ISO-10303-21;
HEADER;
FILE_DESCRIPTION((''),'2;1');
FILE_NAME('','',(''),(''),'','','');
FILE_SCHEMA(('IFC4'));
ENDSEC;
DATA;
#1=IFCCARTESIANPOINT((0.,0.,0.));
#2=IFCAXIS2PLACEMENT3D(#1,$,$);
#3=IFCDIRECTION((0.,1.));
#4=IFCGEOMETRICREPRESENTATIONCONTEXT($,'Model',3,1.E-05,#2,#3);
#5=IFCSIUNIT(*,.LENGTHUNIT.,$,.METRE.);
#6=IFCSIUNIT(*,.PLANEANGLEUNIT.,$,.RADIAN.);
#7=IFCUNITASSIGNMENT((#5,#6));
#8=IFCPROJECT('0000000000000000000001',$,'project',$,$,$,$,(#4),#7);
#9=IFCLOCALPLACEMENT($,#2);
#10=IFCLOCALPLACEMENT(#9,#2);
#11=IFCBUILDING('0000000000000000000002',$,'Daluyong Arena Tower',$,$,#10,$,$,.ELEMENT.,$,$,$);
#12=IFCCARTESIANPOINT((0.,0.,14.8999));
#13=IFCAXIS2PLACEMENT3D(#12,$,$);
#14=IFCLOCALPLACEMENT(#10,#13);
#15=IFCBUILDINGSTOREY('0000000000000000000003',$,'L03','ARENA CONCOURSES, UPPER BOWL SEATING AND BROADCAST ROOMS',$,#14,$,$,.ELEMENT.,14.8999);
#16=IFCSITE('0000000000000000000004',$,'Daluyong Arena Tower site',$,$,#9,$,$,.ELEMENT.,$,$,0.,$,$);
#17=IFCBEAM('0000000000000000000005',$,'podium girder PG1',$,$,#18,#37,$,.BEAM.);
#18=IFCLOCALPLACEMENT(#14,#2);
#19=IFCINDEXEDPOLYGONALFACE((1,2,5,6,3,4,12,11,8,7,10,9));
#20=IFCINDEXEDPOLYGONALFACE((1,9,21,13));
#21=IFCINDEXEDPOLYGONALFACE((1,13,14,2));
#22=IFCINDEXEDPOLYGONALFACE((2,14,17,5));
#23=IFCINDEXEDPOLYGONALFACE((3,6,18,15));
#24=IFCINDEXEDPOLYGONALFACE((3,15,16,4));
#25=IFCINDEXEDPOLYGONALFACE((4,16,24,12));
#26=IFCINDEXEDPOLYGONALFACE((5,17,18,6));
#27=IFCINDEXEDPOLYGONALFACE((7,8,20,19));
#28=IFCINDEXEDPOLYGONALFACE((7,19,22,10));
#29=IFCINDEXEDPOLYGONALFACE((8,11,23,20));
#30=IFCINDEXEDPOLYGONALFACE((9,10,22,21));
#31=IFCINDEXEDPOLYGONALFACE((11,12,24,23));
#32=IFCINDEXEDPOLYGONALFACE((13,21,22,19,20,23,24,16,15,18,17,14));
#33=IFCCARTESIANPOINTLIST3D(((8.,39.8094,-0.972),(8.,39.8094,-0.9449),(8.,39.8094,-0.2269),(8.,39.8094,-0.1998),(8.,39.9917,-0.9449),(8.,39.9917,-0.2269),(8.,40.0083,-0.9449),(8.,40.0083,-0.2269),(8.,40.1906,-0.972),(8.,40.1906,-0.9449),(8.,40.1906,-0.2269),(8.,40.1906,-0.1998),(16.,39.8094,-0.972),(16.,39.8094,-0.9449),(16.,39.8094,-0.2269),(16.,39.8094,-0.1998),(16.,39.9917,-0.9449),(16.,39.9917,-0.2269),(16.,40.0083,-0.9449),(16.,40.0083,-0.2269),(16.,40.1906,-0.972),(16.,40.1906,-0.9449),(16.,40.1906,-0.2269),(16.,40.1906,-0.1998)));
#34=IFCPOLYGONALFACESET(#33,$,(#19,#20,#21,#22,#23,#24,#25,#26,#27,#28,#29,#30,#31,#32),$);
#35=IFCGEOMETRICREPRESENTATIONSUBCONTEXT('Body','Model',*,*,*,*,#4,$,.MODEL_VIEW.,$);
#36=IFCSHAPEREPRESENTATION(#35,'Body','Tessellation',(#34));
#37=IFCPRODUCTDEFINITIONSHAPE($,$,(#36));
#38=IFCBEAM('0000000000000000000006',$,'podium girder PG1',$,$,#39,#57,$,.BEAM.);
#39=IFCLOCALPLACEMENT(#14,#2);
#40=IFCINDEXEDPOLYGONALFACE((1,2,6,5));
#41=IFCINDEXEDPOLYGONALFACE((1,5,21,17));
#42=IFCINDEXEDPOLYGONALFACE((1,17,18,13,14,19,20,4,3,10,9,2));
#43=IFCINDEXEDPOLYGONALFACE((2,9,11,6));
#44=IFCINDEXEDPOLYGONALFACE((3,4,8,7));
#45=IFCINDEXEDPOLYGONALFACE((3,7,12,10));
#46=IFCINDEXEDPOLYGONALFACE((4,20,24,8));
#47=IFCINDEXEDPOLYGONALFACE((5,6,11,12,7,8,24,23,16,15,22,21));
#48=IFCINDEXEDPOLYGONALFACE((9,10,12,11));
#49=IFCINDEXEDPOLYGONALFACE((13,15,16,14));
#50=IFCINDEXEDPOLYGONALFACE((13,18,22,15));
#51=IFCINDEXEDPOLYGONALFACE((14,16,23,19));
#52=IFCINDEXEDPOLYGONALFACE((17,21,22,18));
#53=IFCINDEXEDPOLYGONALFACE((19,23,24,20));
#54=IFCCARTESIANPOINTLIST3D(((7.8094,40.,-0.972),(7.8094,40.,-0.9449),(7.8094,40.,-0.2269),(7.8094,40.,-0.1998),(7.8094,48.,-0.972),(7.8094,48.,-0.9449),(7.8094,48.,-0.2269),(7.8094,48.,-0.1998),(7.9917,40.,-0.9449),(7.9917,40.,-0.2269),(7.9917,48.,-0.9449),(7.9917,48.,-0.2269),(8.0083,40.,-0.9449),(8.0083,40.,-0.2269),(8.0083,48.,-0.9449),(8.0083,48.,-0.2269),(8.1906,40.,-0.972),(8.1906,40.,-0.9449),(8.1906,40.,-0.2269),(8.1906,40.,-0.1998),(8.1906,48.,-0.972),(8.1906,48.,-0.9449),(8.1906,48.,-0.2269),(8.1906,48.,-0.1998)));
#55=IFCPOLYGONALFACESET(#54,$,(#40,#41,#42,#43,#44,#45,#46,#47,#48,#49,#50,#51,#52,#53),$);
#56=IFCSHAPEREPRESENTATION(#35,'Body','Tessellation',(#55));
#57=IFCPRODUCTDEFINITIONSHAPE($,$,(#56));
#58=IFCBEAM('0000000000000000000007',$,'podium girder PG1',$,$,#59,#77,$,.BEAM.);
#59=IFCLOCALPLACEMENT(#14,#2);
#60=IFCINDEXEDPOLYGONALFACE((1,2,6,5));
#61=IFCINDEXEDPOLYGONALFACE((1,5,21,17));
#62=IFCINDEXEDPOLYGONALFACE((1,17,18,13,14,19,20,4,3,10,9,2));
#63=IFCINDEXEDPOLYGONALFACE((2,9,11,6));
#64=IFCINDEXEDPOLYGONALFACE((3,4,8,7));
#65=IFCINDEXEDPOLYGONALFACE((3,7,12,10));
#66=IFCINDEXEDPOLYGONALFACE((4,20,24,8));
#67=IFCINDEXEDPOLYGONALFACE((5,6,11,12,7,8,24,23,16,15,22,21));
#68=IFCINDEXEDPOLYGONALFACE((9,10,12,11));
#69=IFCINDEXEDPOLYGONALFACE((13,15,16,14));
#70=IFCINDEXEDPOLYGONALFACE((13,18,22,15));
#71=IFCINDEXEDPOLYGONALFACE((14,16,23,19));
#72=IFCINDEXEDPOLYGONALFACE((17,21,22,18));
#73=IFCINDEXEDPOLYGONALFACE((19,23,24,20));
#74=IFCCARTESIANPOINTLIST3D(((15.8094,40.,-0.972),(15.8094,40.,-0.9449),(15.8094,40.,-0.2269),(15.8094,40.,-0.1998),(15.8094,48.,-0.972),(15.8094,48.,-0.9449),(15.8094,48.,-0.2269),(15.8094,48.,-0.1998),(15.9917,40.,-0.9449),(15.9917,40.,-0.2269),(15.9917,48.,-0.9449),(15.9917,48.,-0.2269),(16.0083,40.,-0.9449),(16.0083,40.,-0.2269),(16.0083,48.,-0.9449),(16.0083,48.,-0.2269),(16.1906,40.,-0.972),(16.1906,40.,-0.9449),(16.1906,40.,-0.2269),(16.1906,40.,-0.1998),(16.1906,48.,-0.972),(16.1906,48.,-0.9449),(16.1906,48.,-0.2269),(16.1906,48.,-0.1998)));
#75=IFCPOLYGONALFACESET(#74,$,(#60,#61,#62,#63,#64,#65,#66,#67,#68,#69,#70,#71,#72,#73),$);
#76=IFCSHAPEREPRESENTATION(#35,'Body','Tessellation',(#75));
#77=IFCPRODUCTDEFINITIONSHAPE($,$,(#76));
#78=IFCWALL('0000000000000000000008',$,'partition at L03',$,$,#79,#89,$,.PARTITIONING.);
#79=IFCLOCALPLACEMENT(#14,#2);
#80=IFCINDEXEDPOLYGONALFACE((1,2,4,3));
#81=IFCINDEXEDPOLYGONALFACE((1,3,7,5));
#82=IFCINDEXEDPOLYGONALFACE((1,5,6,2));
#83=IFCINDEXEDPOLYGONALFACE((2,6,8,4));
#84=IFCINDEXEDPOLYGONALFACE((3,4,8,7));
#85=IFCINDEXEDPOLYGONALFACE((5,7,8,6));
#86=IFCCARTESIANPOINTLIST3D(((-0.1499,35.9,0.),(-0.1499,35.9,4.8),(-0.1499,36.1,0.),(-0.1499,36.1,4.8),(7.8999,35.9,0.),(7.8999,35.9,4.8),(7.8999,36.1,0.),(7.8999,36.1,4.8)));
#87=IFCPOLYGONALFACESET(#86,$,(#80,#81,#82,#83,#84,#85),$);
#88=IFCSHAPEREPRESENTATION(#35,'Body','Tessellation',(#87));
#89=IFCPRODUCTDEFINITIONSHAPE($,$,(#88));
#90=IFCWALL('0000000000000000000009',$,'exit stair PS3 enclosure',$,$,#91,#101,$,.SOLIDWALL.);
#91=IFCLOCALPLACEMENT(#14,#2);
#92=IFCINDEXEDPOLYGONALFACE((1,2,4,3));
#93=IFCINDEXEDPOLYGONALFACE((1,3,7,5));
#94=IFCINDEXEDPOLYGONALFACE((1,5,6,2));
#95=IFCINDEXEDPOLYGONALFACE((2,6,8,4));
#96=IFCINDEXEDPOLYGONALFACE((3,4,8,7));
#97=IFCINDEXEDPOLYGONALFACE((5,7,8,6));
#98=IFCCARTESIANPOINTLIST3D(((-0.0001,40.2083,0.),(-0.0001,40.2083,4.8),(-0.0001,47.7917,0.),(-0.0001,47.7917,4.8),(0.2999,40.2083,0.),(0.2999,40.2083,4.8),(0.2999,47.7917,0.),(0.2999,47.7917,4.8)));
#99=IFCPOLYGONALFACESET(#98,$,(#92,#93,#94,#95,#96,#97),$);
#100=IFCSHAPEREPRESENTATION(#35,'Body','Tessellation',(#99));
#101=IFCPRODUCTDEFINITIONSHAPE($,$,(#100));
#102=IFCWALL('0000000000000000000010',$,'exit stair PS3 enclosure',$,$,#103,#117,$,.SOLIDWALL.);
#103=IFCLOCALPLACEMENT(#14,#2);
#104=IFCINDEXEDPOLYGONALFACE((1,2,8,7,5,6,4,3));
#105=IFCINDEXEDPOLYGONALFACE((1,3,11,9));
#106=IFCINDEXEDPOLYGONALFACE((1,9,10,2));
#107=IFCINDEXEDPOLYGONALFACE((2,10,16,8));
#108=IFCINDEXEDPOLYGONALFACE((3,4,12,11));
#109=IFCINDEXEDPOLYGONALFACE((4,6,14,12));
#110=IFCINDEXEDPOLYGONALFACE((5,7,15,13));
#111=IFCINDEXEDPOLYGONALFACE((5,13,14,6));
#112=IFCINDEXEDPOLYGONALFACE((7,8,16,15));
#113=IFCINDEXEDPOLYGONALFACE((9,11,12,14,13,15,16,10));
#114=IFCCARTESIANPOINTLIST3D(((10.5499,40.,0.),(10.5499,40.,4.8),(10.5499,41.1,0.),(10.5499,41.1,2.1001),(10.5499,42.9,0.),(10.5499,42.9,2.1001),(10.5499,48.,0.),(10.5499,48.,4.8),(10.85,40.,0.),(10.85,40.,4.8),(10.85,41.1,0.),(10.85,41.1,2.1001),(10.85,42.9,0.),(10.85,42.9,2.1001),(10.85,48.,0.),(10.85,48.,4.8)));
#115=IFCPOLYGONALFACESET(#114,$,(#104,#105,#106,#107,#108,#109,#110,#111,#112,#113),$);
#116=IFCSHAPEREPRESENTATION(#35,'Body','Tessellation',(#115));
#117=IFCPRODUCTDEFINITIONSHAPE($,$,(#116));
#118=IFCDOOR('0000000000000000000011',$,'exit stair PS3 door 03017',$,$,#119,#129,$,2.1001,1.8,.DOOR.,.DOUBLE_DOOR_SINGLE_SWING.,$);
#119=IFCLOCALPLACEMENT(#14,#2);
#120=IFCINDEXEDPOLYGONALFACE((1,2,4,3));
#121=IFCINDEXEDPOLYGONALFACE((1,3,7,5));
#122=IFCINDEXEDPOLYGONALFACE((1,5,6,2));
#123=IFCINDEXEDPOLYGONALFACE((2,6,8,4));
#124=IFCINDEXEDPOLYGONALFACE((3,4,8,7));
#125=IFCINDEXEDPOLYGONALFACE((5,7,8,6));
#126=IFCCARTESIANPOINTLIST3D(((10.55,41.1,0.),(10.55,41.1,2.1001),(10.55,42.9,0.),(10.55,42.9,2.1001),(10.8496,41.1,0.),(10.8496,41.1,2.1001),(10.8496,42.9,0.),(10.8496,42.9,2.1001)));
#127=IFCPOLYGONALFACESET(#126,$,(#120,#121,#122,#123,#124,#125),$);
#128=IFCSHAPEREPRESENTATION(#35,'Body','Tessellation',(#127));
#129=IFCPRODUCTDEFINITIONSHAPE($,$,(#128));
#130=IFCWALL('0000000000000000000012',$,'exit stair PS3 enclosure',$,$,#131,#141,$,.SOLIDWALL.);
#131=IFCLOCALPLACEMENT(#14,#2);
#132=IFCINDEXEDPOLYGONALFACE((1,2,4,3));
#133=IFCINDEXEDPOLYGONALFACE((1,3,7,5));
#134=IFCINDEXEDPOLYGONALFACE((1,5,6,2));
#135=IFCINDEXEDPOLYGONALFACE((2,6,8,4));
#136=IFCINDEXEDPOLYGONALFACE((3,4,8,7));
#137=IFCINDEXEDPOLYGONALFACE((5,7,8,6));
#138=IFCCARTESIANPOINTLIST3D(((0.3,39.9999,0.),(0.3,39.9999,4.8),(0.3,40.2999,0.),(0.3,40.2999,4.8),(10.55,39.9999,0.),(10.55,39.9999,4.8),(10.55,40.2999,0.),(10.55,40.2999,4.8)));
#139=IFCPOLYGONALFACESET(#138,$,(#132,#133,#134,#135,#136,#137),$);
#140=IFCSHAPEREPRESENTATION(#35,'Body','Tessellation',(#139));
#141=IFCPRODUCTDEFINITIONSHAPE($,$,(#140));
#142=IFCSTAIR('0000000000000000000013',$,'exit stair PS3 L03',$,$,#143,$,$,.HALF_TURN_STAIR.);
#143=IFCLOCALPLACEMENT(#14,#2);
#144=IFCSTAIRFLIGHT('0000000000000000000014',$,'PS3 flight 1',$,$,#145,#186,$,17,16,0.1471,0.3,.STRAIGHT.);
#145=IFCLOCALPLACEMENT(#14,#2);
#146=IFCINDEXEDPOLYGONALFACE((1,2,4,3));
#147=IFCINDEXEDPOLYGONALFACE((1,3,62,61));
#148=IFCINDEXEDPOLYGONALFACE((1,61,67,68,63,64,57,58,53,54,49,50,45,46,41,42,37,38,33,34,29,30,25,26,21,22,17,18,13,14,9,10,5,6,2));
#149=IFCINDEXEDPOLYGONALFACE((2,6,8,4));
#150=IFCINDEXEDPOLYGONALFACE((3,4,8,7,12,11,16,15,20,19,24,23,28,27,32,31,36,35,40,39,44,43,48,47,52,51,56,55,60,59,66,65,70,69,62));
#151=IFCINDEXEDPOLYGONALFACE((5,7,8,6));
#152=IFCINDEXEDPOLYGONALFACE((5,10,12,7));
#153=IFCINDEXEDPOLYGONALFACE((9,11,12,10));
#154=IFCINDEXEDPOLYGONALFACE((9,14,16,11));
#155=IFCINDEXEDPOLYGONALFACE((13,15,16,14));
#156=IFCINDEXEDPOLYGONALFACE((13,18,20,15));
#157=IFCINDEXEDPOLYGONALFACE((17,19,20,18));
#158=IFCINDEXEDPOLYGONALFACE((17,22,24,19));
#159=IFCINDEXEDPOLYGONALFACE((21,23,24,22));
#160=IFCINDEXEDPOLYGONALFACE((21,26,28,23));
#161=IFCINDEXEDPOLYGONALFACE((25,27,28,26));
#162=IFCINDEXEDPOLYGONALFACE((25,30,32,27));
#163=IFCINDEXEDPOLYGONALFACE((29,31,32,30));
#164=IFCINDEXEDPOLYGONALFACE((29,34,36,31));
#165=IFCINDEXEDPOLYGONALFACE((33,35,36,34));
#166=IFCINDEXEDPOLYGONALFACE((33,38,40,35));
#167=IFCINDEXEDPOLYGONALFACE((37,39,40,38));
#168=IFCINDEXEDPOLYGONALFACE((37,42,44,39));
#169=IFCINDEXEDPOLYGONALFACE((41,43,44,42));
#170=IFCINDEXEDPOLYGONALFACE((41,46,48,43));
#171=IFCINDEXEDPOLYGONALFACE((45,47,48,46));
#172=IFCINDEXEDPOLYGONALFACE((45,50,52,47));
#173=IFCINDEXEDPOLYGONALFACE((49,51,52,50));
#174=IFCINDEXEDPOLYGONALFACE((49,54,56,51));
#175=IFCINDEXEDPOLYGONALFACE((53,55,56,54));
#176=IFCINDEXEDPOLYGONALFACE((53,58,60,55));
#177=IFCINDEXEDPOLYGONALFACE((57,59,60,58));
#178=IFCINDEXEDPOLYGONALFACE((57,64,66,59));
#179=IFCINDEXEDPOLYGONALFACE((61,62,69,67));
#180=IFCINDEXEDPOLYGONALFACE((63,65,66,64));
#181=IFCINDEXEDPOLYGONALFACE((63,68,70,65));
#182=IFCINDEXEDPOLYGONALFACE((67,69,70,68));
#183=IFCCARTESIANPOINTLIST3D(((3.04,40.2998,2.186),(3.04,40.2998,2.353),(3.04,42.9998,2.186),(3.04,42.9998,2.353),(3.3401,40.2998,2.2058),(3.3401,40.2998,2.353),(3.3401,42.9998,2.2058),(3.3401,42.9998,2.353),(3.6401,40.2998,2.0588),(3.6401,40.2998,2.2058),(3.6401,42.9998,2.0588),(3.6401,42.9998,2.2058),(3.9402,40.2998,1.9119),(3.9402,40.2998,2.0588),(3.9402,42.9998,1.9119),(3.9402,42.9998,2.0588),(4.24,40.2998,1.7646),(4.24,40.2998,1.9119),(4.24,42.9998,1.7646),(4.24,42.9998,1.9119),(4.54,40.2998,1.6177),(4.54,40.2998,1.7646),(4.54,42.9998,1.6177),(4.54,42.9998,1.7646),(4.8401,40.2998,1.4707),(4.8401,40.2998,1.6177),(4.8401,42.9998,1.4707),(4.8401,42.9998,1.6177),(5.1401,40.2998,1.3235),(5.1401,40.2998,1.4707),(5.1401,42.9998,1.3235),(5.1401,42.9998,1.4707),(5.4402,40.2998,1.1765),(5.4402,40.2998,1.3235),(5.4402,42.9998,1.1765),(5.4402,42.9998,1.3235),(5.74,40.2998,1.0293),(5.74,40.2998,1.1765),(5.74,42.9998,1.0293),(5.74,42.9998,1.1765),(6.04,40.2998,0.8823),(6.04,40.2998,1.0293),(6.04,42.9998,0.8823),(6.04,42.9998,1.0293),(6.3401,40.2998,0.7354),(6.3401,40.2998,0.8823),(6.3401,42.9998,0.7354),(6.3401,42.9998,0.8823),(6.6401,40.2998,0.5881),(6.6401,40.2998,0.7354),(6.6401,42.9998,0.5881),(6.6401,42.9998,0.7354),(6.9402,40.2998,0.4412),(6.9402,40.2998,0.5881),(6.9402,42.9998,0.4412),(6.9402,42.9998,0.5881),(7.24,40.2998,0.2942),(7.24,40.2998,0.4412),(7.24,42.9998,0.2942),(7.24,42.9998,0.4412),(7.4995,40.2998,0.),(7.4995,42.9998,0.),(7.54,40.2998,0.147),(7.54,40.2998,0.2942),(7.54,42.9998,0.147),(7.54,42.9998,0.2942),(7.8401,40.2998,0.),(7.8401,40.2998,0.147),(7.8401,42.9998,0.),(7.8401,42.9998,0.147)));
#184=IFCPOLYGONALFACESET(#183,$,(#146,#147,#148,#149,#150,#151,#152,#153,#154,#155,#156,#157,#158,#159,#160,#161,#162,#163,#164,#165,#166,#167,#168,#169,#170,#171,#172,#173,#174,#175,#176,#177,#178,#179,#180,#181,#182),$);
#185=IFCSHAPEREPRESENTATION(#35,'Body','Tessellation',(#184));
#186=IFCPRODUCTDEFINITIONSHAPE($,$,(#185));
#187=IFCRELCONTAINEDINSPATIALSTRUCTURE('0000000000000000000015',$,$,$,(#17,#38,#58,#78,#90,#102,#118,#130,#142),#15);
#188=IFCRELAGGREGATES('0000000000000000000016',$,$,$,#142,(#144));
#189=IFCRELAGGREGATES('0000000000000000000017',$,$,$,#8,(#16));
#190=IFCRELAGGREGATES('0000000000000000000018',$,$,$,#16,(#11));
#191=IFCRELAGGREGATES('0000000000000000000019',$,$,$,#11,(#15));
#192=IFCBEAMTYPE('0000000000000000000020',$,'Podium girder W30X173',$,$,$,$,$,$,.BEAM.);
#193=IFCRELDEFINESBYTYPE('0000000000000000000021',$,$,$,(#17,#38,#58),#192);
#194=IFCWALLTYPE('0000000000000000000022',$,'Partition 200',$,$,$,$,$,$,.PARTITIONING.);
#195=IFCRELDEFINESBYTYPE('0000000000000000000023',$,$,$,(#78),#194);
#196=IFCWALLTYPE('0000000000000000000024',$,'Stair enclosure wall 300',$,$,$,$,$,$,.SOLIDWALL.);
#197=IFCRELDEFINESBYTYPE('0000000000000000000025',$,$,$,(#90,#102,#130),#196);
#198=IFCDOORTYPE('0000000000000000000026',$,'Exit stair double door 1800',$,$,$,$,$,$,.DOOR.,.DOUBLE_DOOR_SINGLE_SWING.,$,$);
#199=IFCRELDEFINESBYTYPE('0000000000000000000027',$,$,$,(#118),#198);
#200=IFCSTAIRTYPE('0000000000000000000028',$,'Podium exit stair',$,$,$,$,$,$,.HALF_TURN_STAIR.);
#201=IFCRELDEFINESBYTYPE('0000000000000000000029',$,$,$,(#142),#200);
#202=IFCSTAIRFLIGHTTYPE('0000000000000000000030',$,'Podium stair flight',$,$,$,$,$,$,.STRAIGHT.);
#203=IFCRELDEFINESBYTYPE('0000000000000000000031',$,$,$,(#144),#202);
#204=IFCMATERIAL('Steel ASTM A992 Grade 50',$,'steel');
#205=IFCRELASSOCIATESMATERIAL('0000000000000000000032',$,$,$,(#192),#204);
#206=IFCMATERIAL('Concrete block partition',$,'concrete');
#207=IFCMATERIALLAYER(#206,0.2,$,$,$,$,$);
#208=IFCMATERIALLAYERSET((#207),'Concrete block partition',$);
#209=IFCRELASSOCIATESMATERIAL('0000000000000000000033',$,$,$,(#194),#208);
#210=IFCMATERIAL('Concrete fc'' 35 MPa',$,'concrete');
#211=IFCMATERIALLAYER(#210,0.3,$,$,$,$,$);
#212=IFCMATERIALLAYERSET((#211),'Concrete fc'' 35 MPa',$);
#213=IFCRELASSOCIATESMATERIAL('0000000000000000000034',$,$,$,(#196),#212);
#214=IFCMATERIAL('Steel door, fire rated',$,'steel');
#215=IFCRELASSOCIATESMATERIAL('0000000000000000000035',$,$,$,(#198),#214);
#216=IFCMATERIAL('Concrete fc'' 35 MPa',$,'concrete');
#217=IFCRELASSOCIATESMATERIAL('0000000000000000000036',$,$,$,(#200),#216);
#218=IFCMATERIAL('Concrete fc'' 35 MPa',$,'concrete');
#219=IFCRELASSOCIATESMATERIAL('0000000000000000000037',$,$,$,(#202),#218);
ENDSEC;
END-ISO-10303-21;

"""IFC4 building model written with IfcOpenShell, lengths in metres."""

from ifc_helpers import new_model, si_unit, direction, frame, frame_2d, origin, origin_2d, place, context, subcontext, project, spatial, polyline, rectangle, i_section, outline, extrude, material, layer, layer_set, material_profile, profile_set, type_object, element, fill, aggregate, save


model = new_model("IFC4")

# Units and contexts
model_context = context("Model", 3, precision=1e-05, world=origin(), true_north=direction((0.0, 1.0)))
body_context = subcontext(model_context, "Body", "Model", "MODEL_VIEW")
ifc_project = project(units=[si_unit("LENGTHUNIT", "METRE"), si_unit("PLANEANGLEUNIT", "RADIAN")], contexts=[model_context])

# Site, building, storey
site_placement = place(None, origin())
site = spatial("IfcSite", under=ifc_project, at=site_placement, Name="Daluyong Arena Tower site", CompositionType="ELEMENT", RefElevation=0.0)
building_placement = place(site_placement, origin())
building = spatial("IfcBuilding", under=site, at=building_placement, Name="Daluyong Arena Tower", CompositionType="ELEMENT")
storey_placement = place(building_placement, frame((0.0, 0.0, 14.8999)))
storey = spatial("IfcBuildingStorey", under=building, at=storey_placement, Name="L03", Description="ARENA CONCOURSES, UPPER BOWL SEATING AND BROADCAST ROOMS", CompositionType="ELEMENT", Elevation=14.8999)

# Beams
ifc_material_1 = material(Name="Steel ASTM A992 Grade 50", Category="steel")
ifc_material_profile_1 = material_profile(ifc_material_1, i_section(OverallWidth=0.3811, OverallDepth=0.7722, WebThickness=0.0166, FlangeThickness=0.0271, at=origin_2d()))
ifc_profile_set_1 = profile_set([ifc_material_profile_1], Name="Steel ASTM A992 Grade 50")
beam_type_1 = type_object("IfcBeamType", Name="Podium girder W30X173", PredefinedType="BEAM", material=ifc_profile_set_1)
for number, where, z_axis, x_axis, name in (
    (1, (8.0, 40.0, -0.5859), (1.0, 0.0, 0.0), (0.0, 1.0, 0.0), "podium girder PG1"),
    (2, (8.0, 40.0, -0.5859), (0.0, 1.0, 0.0), (-1.0, 0.0, 0.0), "podium girder PG1"),
    (3, (16.0, 40.0, -0.5859), (0.0, 1.0, 0.0), (-1.0, 0.0, 0.0), "podium girder PG1"),
):
    element("IfcBeam", number, at=place(storey_placement, frame(where, z_axis=z_axis, x_axis=x_axis)), inside=storey, type_object=beam_type_1, Name=name, PredefinedType="BEAM", context=body_context, shape_type="SweptSolid", body=[
        extrude(i_section(OverallWidth=0.3811, OverallDepth=0.7722, WebThickness=0.0166, FlangeThickness=0.0271, at=origin_2d()), origin(), (0.0, 0.0, 1.0), 8.0),
    ])

# Walls
ifc_material_2 = material(Name="Concrete block partition", Category="concrete")
ifc_layer_1 = layer(ifc_material_2, 0.2)
ifc_layer_set_1 = layer_set([ifc_layer_1], Name="Concrete block partition")
wall_type_1 = type_object("IfcWallType", Name="Partition 200", PredefinedType="PARTITIONING", material=ifc_layer_set_1)
wall_1_placement = place(storey_placement, frame((-0.1499, 36.0, 0.0), z_axis=(0.0, 0.0, 1.0), x_axis=(1.0, 0.0, 0.0)))
element("IfcWall", 4, at=wall_1_placement, inside=storey, type_object=wall_type_1, Name="partition at L03", PredefinedType="PARTITIONING", context=body_context, shape_type="SweptSolid", body=[
    extrude(rectangle(XDim=8.0498, YDim=0.2, at=frame_2d((4.0249, 0.0))), origin(), (0.0, 0.0, 1.0), 4.8),
])
ifc_material_3 = material(Name="Concrete fc' 35 MPa", Category="concrete")
ifc_layer_2 = layer(ifc_material_3, 0.3)
ifc_layer_set_2 = layer_set([ifc_layer_2], Name="Concrete fc' 35 MPa")
wall_type_2 = type_object("IfcWallType", Name="Stair enclosure wall 300", PredefinedType="SOLIDWALL", material=ifc_layer_set_2)
wall_2_placement = place(storey_placement, frame((0.1499, 40.2083, 0.0), z_axis=(0.0, 0.0, 1.0), x_axis=(0.0, 1.0, 0.0)))
element("IfcWall", 5, at=wall_2_placement, inside=storey, type_object=wall_type_2, Name="exit stair PS3 enclosure", PredefinedType="SOLIDWALL", context=body_context, shape_type="SweptSolid", body=[
    extrude(rectangle(XDim=7.5835, YDim=0.3, at=frame_2d((3.7917, 0.0))), origin(), (0.0, 0.0, 1.0), 4.8),
])

# Wall, opening, door
wall_3_placement = place(storey_placement, frame((10.7, 40.0, 0.0), z_axis=(0.0, 0.0, 1.0), x_axis=(0.0, 1.0, 0.0)))
wall_3 = element("IfcWall", 6, at=wall_3_placement, inside=storey, type_object=wall_type_2, Name="exit stair PS3 enclosure", PredefinedType="SOLIDWALL", context=body_context, shape_type="SweptSolid", body=[
    extrude(rectangle(XDim=8.0, YDim=0.3, at=frame_2d((4.0, 0.0))), origin(), (0.0, 0.0, 1.0), 4.8),
])
opening_placement = place(wall_3_placement, frame((1.1001, 0.0, 0.0)))
opening = element("IfcOpeningElement", 7, at=opening_placement, cuts=wall_3, PredefinedType="OPENING", context=body_context, shape_type="SweptSolid", body=[
    extrude(rectangle(XDim=1.8, YDim=2.1001, at=frame_2d((0.8999, 1.05))), frame((0.0, 0.1599, 0.0), z_axis=(0.0, -1.0, 0.0), x_axis=(1.0, 0.0, 0.0)), (0.0, 0.0, 1.0), 0.3201),
])
ifc_material_4 = material(Name="Steel door, fire rated", Category="steel")
door_type = type_object("IfcDoorType", Name="Exit stair double door 1800", OperationType="DOUBLE_DOOR_SINGLE_SWING", PredefinedType="DOOR", material=ifc_material_4)
door_placement = place(opening_placement, origin())
door = element("IfcDoor", 8, at=door_placement, inside=storey, type_object=door_type, Name="exit stair PS3 door 03017", OperationType="DOUBLE_DOOR_SINGLE_SWING", OverallHeight=2.1001, OverallWidth=1.8, PredefinedType="DOOR", context=body_context, shape_type="SweptSolid", body=[
    extrude(rectangle(XDim=1.8, YDim=2.1001, at=frame_2d((0.8999, 1.05))), frame((0.0, 0.1499, 0.0), z_axis=(0.0, -1.0, 0.0), x_axis=(1.0, 0.0, 0.0)), (0.0, 0.0, 1.0), 0.2996),
])
fill(opening, door)

# Wall
wall_4_placement = place(storey_placement, frame((0.3, 40.1499, 0.0), z_axis=(0.0, 0.0, 1.0), x_axis=(1.0, 0.0, 0.0)))
element("IfcWall", 9, at=wall_4_placement, inside=storey, type_object=wall_type_2, Name="exit stair PS3 enclosure", PredefinedType="SOLIDWALL", context=body_context, shape_type="SweptSolid", body=[
    extrude(rectangle(XDim=10.25, YDim=0.3, at=frame_2d((5.125, 0.0))), origin(), (0.0, 0.0, 1.0), 4.8),
])

# Stair, stair flight
ifc_material_5 = material(Name="Concrete fc' 35 MPa", Category="concrete")
stair_type = type_object("IfcStairType", Name="Podium exit stair", PredefinedType="HALF_TURN_STAIR", material=ifc_material_5)
stair_placement = place(storey_placement, origin())
stair = element("IfcStair", 10, at=stair_placement, inside=storey, type_object=stair_type, Name="exit stair PS3 L03", PredefinedType="HALF_TURN_STAIR")
ifc_material_6 = material(Name="Concrete fc' 35 MPa", Category="concrete")
stair_flight_type = type_object("IfcStairFlightType", Name="Podium stair flight", PredefinedType="STRAIGHT", material=ifc_material_6)
stair_flight_placement = place(storey_placement, frame((7.8401, 41.6499, 0.0), z_axis=(0.0, 0.0, 1.0), x_axis=(-1.0, 0.0, 0.0)))
stair_flight = element("IfcStairFlight", 11, at=stair_flight_placement, type_object=stair_flight_type, Name="PS3 flight 1", NumberOfRisers=17, NumberOfTreads=16, PredefinedType="STRAIGHT", RiserHeight=0.1471, TreadLength=0.3, context=body_context, shape_type="SweptSolid", body=[
    extrude(outline(polyline([(0.0, 0.0), (0.0, 0.147), (0.3, 0.147), (0.3, 0.2942), (0.6001, 0.2942), (0.6001, 0.4412), (0.8999, 0.4412), (0.8999, 0.5881), (1.2, 0.5881), (1.2, 0.7354), (1.5, 0.7354), (1.5, 0.8823), (1.8, 0.8823), (1.8, 1.0293), (2.1001, 1.0293), (2.1001, 1.1765), (2.3999, 1.1765), (2.3999, 1.3235), (2.7, 1.3235), (2.7, 1.4707), (3.0, 1.4707), (3.0, 1.6177), (3.3, 1.6177), (3.3, 1.7646), (3.6001, 1.7646), (3.6001, 1.9119), (3.8999, 1.9119), (3.8999, 2.0588), (4.2, 2.0588), (4.2, 2.2058), (4.5, 2.2058), (4.5, 2.353), (4.8, 2.353), (4.8, 2.5), (4.8, 2.186), (0.3406, 0.0), (0.0, 0.0)])), frame((0.0, 1.3501, 0.0), z_axis=(0.0, -1.0, 0.0), x_axis=(1.0, 0.0, 0.0)), (0.0, 0.0, 1.0), 2.7),
])
aggregate(stair, [stair_flight])

save(model, "model.ifc")
